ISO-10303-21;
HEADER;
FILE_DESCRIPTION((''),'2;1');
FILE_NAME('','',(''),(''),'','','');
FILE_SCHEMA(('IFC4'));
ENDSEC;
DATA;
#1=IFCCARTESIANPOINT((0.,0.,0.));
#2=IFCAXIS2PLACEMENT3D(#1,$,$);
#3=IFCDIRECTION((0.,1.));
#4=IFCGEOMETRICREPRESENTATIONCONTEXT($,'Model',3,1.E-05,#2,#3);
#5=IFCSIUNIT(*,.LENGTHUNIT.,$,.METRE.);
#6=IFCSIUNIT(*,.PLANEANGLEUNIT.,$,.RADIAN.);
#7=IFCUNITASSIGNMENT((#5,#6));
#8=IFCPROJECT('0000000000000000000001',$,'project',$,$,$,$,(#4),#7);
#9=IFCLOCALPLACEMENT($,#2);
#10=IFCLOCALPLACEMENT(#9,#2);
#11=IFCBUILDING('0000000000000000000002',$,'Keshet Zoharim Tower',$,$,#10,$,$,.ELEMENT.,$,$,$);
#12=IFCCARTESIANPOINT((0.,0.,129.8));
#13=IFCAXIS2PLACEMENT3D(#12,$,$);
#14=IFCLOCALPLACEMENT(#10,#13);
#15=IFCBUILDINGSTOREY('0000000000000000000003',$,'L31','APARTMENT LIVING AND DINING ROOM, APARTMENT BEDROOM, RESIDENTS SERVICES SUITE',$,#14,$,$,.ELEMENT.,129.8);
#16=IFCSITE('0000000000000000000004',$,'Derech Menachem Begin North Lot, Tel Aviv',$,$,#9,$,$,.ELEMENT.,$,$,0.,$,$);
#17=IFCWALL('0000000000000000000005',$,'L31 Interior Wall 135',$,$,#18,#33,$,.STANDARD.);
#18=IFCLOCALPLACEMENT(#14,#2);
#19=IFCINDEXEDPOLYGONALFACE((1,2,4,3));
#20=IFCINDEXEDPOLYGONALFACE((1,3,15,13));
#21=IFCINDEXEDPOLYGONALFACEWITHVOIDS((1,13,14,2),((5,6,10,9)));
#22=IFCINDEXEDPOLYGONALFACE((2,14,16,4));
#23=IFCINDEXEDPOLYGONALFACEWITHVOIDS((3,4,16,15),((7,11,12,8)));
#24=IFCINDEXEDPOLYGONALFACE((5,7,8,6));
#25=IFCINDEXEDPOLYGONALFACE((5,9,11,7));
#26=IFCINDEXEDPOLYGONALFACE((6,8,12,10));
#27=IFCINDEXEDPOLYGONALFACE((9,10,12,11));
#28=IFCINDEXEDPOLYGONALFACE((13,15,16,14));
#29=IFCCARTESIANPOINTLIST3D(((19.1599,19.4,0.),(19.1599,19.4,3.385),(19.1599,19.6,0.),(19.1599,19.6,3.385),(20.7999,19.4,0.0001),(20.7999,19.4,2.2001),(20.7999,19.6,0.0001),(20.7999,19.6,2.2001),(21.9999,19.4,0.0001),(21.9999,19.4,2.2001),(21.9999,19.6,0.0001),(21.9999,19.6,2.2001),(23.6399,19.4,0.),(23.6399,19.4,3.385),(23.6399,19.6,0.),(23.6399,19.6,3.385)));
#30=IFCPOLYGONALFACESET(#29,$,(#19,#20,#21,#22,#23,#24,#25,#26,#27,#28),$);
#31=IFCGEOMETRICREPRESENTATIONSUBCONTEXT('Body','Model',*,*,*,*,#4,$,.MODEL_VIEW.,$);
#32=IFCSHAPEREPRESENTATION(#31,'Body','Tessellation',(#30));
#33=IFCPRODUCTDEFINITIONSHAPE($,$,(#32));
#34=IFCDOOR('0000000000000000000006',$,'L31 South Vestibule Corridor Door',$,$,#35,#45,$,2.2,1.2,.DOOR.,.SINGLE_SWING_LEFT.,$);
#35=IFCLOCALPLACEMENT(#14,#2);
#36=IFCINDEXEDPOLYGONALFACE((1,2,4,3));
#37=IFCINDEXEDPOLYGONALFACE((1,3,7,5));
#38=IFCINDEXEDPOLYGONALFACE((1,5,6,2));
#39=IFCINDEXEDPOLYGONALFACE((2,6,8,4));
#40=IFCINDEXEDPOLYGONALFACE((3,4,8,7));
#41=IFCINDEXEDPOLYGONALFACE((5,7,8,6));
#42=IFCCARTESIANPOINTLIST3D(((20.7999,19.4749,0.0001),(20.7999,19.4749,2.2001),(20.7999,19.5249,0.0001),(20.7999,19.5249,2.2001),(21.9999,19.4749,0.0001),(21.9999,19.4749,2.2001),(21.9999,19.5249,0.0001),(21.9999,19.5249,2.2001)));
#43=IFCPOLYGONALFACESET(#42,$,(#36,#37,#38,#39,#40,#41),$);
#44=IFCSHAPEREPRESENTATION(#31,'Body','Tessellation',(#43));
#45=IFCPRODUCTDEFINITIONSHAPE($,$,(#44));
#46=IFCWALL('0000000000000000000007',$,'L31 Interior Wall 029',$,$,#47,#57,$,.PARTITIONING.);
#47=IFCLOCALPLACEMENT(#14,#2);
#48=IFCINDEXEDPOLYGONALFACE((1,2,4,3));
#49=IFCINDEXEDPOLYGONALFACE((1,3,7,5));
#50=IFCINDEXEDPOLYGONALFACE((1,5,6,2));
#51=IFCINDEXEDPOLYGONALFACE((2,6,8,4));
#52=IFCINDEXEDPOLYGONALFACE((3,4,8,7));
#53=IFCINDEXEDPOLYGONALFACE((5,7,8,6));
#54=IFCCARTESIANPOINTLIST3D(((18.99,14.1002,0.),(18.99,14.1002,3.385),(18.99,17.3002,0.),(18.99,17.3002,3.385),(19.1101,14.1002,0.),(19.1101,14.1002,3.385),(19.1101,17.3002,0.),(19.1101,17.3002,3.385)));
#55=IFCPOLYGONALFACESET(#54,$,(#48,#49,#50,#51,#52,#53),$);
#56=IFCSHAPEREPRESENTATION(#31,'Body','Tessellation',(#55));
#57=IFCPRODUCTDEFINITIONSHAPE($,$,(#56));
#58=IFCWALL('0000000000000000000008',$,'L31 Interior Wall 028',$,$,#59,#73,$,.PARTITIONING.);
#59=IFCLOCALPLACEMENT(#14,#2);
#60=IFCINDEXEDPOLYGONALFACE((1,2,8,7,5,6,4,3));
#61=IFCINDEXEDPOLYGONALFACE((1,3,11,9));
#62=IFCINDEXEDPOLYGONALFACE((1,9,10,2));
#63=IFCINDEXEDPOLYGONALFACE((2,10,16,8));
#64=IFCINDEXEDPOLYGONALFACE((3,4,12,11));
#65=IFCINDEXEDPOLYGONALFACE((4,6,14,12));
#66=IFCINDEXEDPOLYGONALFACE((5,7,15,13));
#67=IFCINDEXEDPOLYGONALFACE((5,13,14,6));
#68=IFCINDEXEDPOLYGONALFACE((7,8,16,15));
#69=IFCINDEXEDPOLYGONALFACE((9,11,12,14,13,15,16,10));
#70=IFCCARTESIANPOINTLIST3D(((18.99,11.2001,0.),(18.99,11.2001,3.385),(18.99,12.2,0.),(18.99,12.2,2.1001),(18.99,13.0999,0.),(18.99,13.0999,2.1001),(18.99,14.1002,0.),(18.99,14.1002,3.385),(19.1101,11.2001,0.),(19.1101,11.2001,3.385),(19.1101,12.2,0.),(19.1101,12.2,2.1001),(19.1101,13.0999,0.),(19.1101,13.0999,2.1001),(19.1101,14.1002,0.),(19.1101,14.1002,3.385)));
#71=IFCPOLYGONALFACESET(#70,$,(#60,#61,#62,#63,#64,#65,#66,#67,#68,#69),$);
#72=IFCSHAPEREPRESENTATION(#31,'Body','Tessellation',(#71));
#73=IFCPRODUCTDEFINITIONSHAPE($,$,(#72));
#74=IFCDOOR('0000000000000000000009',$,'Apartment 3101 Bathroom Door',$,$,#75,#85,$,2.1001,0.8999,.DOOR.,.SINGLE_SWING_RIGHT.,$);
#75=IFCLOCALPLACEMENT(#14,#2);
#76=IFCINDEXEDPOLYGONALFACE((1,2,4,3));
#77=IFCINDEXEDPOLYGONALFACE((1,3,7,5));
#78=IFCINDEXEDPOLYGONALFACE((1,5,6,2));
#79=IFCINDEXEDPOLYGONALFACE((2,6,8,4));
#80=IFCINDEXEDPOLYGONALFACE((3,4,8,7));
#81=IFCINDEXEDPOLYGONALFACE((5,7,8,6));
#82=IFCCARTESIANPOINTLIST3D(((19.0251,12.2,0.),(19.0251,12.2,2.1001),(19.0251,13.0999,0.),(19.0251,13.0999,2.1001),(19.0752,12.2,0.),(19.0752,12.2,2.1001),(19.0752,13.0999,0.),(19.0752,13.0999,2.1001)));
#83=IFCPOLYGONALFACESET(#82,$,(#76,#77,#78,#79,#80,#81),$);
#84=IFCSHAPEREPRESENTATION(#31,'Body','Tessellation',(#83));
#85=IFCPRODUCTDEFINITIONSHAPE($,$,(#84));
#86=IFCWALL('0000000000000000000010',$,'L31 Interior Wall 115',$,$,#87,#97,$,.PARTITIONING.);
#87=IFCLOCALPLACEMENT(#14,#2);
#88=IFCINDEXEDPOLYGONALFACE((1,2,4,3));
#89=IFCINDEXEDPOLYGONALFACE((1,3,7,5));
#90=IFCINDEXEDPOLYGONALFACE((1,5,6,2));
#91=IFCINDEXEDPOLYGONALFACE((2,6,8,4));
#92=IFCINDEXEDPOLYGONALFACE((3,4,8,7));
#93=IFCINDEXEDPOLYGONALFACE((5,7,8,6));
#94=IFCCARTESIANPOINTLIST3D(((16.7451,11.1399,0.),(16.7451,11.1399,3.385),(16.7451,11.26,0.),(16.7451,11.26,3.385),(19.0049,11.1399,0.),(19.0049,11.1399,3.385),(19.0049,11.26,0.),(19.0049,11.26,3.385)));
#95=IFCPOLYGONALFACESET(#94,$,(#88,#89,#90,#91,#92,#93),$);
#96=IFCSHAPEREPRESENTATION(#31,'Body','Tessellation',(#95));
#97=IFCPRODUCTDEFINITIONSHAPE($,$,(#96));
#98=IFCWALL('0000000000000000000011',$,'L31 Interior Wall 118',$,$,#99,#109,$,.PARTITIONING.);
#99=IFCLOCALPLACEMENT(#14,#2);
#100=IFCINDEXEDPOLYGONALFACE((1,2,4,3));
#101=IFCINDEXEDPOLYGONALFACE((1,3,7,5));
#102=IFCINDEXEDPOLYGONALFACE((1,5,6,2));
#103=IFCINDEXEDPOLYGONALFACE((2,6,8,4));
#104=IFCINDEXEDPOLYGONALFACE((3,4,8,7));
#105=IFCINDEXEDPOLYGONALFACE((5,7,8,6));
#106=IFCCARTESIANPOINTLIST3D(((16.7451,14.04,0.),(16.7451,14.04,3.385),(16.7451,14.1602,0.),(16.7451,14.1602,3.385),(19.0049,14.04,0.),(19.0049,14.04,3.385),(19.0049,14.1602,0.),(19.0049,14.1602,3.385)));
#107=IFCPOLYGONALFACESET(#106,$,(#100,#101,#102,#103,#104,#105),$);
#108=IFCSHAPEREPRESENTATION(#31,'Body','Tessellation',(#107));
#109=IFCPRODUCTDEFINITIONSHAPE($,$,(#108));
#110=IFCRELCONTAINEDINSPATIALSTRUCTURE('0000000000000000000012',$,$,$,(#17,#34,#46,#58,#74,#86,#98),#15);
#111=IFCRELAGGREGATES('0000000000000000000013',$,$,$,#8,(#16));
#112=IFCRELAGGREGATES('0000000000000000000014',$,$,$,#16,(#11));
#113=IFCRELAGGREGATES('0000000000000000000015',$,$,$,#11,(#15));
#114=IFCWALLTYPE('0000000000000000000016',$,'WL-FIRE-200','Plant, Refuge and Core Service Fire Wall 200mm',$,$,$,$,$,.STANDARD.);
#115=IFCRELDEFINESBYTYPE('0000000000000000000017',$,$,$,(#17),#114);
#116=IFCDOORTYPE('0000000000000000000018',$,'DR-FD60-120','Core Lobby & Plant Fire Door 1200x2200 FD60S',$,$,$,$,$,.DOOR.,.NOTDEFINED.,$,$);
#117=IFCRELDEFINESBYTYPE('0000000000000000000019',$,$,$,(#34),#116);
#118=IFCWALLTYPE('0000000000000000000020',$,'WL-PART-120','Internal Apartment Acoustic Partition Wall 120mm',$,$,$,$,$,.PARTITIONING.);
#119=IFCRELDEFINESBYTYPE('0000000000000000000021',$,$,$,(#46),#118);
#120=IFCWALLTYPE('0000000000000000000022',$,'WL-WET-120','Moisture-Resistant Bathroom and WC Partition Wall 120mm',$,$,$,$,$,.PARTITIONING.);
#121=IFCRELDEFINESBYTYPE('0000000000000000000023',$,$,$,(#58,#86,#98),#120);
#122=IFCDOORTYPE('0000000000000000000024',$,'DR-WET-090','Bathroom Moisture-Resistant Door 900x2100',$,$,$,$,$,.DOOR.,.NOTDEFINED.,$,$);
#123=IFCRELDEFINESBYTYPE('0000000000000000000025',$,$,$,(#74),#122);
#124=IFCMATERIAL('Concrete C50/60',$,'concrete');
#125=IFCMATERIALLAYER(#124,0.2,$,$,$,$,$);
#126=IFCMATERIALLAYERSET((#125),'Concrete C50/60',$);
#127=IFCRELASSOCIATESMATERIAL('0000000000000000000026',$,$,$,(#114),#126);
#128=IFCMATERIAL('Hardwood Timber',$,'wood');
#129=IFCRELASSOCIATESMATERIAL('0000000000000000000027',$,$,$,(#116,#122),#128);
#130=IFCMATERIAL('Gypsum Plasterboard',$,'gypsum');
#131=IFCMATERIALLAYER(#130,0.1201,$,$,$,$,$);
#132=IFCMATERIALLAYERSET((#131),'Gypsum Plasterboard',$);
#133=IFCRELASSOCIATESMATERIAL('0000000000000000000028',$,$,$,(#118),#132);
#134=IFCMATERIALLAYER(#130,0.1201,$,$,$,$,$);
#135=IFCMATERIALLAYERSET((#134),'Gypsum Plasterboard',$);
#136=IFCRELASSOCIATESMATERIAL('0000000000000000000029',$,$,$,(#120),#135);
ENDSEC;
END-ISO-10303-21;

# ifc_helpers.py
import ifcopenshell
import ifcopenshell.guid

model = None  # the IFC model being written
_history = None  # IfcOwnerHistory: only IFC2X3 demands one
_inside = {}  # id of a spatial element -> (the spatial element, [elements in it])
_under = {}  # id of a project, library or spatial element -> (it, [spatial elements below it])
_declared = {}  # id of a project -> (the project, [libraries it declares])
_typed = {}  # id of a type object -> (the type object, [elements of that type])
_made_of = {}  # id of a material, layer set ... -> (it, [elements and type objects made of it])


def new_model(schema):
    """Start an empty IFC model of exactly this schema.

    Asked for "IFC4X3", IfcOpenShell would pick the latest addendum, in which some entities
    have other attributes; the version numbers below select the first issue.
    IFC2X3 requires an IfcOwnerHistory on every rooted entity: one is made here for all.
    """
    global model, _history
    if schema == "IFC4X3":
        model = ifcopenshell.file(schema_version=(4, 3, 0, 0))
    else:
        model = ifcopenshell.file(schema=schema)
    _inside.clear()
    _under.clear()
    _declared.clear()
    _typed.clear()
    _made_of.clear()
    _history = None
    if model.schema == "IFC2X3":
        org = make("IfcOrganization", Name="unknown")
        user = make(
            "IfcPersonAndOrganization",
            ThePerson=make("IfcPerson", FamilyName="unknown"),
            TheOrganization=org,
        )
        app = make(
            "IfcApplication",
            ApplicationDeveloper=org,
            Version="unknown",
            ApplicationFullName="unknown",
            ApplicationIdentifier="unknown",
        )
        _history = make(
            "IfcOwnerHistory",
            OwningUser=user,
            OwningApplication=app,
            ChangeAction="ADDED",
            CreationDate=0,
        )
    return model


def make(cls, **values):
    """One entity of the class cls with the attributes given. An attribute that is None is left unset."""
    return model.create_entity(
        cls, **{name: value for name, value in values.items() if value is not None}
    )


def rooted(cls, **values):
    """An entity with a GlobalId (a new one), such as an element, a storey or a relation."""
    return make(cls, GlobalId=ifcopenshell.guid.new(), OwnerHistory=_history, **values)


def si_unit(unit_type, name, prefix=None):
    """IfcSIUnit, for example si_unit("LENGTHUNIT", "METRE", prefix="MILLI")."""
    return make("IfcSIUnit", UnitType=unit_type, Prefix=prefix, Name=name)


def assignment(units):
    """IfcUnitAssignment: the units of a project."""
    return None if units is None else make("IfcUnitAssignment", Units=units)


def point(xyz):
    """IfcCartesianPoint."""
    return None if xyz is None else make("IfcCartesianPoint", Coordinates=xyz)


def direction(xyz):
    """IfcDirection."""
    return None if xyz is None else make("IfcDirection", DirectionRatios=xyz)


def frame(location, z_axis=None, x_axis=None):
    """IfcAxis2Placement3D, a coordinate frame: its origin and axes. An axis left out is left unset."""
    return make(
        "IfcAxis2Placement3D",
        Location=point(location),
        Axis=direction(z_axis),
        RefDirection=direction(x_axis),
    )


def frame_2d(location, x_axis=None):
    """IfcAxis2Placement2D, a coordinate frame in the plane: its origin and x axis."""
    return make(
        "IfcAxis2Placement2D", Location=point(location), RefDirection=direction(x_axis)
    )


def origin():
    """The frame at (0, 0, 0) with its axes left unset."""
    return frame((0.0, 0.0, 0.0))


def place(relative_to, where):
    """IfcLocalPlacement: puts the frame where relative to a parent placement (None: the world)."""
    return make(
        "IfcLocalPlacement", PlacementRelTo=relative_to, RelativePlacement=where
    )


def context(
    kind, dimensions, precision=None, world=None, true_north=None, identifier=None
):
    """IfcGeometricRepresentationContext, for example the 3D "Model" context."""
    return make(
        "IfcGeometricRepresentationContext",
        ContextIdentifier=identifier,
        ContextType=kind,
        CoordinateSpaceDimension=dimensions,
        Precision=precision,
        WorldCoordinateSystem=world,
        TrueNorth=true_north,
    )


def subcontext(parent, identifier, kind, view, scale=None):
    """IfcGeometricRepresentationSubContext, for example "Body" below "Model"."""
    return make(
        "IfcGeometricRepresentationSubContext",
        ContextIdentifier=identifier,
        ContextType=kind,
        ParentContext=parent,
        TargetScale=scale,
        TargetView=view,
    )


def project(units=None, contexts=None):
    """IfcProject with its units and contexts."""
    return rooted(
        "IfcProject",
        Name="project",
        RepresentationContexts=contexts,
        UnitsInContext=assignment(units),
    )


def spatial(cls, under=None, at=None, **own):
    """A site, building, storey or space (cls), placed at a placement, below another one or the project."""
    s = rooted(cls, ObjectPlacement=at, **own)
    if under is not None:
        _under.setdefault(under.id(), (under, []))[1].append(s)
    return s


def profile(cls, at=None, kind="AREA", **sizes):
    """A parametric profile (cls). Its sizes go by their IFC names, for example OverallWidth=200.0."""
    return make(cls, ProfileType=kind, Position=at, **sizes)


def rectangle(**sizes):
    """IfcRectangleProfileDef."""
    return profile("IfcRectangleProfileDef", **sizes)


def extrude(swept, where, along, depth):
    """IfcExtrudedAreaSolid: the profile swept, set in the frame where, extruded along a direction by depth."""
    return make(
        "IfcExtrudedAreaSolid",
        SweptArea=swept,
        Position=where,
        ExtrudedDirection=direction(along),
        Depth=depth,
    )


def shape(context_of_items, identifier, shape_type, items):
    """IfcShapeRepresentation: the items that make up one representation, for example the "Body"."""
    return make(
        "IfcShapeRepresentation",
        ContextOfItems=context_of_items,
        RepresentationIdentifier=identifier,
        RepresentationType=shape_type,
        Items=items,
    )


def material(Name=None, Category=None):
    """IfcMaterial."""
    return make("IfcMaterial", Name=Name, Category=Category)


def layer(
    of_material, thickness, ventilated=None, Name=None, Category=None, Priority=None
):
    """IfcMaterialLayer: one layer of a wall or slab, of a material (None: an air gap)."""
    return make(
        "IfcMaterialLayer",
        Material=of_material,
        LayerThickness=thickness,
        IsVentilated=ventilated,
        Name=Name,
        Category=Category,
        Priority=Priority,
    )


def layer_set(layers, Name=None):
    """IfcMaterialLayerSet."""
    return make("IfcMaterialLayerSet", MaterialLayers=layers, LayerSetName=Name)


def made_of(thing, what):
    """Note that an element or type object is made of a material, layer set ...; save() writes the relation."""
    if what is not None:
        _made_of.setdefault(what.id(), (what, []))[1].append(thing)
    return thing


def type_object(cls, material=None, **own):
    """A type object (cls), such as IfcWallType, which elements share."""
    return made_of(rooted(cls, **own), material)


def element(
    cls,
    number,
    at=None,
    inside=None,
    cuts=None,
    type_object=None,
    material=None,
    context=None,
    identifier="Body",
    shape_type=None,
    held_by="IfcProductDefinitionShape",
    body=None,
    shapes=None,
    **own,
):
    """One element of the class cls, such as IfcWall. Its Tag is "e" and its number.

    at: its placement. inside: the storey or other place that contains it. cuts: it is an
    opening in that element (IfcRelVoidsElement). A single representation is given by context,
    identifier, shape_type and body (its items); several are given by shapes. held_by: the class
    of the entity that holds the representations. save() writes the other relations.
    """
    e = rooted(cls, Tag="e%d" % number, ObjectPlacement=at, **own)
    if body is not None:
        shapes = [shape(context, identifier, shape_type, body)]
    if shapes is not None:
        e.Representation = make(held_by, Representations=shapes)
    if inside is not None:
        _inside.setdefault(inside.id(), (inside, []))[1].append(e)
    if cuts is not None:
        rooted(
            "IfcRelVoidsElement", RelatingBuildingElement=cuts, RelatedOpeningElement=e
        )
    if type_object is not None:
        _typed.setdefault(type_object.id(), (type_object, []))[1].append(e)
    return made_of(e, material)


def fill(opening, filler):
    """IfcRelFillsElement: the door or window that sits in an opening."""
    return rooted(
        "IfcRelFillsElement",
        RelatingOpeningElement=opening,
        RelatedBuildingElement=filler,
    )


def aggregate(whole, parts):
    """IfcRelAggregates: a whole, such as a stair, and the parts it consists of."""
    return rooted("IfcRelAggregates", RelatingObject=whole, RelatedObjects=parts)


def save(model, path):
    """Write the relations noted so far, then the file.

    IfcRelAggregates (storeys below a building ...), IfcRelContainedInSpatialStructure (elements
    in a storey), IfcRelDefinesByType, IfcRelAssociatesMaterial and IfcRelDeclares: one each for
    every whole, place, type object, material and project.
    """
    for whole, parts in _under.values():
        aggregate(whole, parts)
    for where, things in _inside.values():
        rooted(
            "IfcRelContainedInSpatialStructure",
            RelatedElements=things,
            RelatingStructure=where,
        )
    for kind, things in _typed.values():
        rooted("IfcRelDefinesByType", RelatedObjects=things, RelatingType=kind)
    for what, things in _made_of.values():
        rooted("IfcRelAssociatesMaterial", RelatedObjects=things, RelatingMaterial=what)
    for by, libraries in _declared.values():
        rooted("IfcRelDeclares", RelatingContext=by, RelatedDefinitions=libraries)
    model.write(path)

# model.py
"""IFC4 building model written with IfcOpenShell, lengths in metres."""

from ifc_helpers import new_model, si_unit, direction, frame, frame_2d, origin, place, context, subcontext, project, spatial, rectangle, extrude, material, layer, layer_set, type_object, element, fill, save


model = new_model("IFC4")

# Units and contexts
model_context = context("Model", 3, precision=1e-05, world=origin(), true_north=direction((0.0, 1.0)))
body_context = subcontext(model_context, "Body", "Model", "MODEL_VIEW")
ifc_project = project(units=[si_unit("LENGTHUNIT", "METRE"), si_unit("PLANEANGLEUNIT", "RADIAN")], contexts=[model_context])

# Site, building, storey
site_placement = place(None, origin())
site = spatial("IfcSite", under=ifc_project, at=site_placement, Name="Derech Menachem Begin North Lot, Tel Aviv", CompositionType="ELEMENT", RefElevation=0.0)
building_placement = place(site_placement, origin())
building = spatial("IfcBuilding", under=site, at=building_placement, Name="Keshet Zoharim Tower", CompositionType="ELEMENT")
storey_placement = place(building_placement, frame((0.0, 0.0, 129.8)))
storey = spatial("IfcBuildingStorey", under=building, at=storey_placement, Name="L31", Description="APARTMENT LIVING AND DINING ROOM, APARTMENT BEDROOM, RESIDENTS SERVICES SUITE", CompositionType="ELEMENT", Elevation=129.8)

# Shared definitions
ifc_material_1 = material(Name="Gypsum Plasterboard", Category="gypsum")
ifc_material_2 = material(Name="Hardwood Timber", Category="wood")

# Wall, opening, door
ifc_material_3 = material(Name="Concrete C50/60", Category="concrete")
ifc_layer_1 = layer(ifc_material_3, 0.2)
ifc_layer_set_1 = layer_set([ifc_layer_1], Name="Concrete C50/60")
wall_type_1 = type_object("IfcWallType", Name="WL-FIRE-200", Description="Plant, Refuge and Core Service Fire Wall 200mm", PredefinedType="STANDARD", material=ifc_layer_set_1)
wall_1_placement = place(storey_placement, frame((19.1599, 19.5, 0.0), z_axis=(0.0, 0.0, 1.0), x_axis=(1.0, 0.0, 0.0)))
wall_1 = element("IfcWall", 1, at=wall_1_placement, inside=storey, type_object=wall_type_1, Name="L31 Interior Wall 135", PredefinedType="STANDARD", context=body_context, shape_type="SweptSolid", body=[
    extrude(rectangle(XDim=4.48, YDim=0.2, at=frame_2d((2.24, 0.0))), origin(), (0.0, 0.0, 1.0), 3.385),
])
opening_1_placement = place(wall_1_placement, frame((1.6399, 0.0, 0.0)))
opening_1 = element("IfcOpeningElement", 2, at=opening_1_placement, cuts=wall_1, PredefinedType="OPENING", context=body_context, shape_type="SweptSolid", body=[
    extrude(rectangle(XDim=1.2, YDim=2.2, at=frame_2d((0.6001, 1.1001))), frame((0.0, 0.1099, 0.0), z_axis=(0.0, -1.0, 0.0), x_axis=(1.0, 0.0, 0.0)), (0.0, 0.0, 1.0), 0.22),
])
door_type_1 = type_object("IfcDoorType", Name="DR-FD60-120", Description="Core Lobby & Plant Fire Door 1200x2200 FD60S", OperationType="NOTDEFINED", PredefinedType="DOOR", material=ifc_material_2)
door_1_placement = place(opening_1_placement, origin())
door_1 = element("IfcDoor", 3, at=door_1_placement, inside=storey, type_object=door_type_1, Name="L31 South Vestibule Corridor Door", OperationType="SINGLE_SWING_LEFT", OverallHeight=2.2, OverallWidth=1.2, PredefinedType="DOOR", context=body_context, shape_type="SweptSolid", body=[
    extrude(rectangle(XDim=1.2, YDim=2.2, at=frame_2d((0.6001, 1.1001))), frame((0.0, 0.0249, 0.0), z_axis=(0.0, -1.0, 0.0), x_axis=(1.0, 0.0, 0.0)), (0.0, 0.0, 1.0), 0.05),
])
fill(opening_1, door_1)

# Wall
ifc_layer_2 = layer(ifc_material_1, 0.1201)
ifc_layer_set_2 = layer_set([ifc_layer_2], Name="Gypsum Plasterboard")
wall_type_2 = type_object("IfcWallType", Name="WL-PART-120", Description="Internal Apartment Acoustic Partition Wall 120mm", PredefinedType="PARTITIONING", material=ifc_layer_set_2)
wall_2_placement = place(storey_placement, frame((19.05, 14.1001, 0.0), z_axis=(0.0, 0.0, 1.0), x_axis=(0.0, 1.0, 0.0)))
element("IfcWall", 4, at=wall_2_placement, inside=storey, type_object=wall_type_2, Name="L31 Interior Wall 029", PredefinedType="PARTITIONING", context=body_context, shape_type="SweptSolid", body=[
    extrude(rectangle(XDim=3.2, YDim=0.1201, at=frame_2d((1.6001, 0.0))), origin(), (0.0, 0.0, 1.0), 3.385),
])

# Wall, opening, door
ifc_layer_3 = layer(ifc_material_1, 0.1201)
ifc_layer_set_3 = layer_set([ifc_layer_3], Name="Gypsum Plasterboard")
wall_type_3 = type_object("IfcWallType", Name="WL-WET-120", Description="Moisture-Resistant Bathroom and WC Partition Wall 120mm", PredefinedType="PARTITIONING", material=ifc_layer_set_3)
wall_3_placement = place(storey_placement, frame((19.05, 11.2, 0.0), z_axis=(0.0, 0.0, 1.0), x_axis=(0.0, 1.0, 0.0)))
wall_3 = element("IfcWall", 5, at=wall_3_placement, inside=storey, type_object=wall_type_3, Name="L31 Interior Wall 028", PredefinedType="PARTITIONING", context=body_context, shape_type="SweptSolid", body=[
    extrude(rectangle(XDim=2.9001, YDim=0.1201, at=frame_2d((1.4502, 0.0))), origin(), (0.0, 0.0, 1.0), 3.385),
])
opening_2_placement = place(wall_3_placement, frame((1.0, 0.0, 0.0)))
opening_2 = element("IfcOpeningElement", 6, at=opening_2_placement, cuts=wall_3, PredefinedType="OPENING", context=body_context, shape_type="SweptSolid", body=[
    extrude(rectangle(XDim=0.8999, YDim=2.1001, at=frame_2d((0.45, 1.05))), frame((0.0, 0.0701, 0.0), z_axis=(0.0, -1.0, 0.0), x_axis=(1.0, 0.0, 0.0)), (0.0, 0.0, 1.0), 0.1401),
])
door_type_2 = type_object("IfcDoorType", Name="DR-WET-090", Description="Bathroom Moisture-Resistant Door 900x2100", OperationType="NOTDEFINED", PredefinedType="DOOR", material=ifc_material_2)
door_2_placement = place(opening_2_placement, origin())
door_2 = element("IfcDoor", 7, at=door_2_placement, inside=storey, type_object=door_type_2, Name="Apartment 3101 Bathroom Door", OperationType="SINGLE_SWING_RIGHT", OverallHeight=2.1001, OverallWidth=0.8999, PredefinedType="DOOR", context=body_context, shape_type="SweptSolid", body=[
    extrude(rectangle(XDim=0.8999, YDim=2.1001, at=frame_2d((0.45, 1.05))), frame((0.0, 0.0249, 0.0), z_axis=(0.0, -1.0, 0.0), x_axis=(1.0, 0.0, 0.0)), (0.0, 0.0, 1.0), 0.05),
])
fill(opening_2, door_2)

# Walls
for number, where, z_axis, x_axis, name in (
    (8, (16.7451, 11.2, 0.0), (0.0, 0.0, 1.0), (1.0, 0.0, 0.0), "L31 Interior Wall 115"),
    (9, (16.7451, 14.1001, 0.0), (0.0, 0.0, 1.0), (1.0, 0.0, 0.0), "L31 Interior Wall 118"),
):
    element("IfcWall", number, at=place(storey_placement, frame(where, z_axis=z_axis, x_axis=x_axis)), inside=storey, type_object=wall_type_3, Name=name, PredefinedType="PARTITIONING", context=body_context, shape_type="SweptSolid", body=[
        extrude(rectangle(XDim=2.2598, YDim=0.1201, at=frame_2d((1.1299, 0.0))), origin(), (0.0, 0.0, 1.0), 3.385),
    ])

save(model, "model.ifc")
